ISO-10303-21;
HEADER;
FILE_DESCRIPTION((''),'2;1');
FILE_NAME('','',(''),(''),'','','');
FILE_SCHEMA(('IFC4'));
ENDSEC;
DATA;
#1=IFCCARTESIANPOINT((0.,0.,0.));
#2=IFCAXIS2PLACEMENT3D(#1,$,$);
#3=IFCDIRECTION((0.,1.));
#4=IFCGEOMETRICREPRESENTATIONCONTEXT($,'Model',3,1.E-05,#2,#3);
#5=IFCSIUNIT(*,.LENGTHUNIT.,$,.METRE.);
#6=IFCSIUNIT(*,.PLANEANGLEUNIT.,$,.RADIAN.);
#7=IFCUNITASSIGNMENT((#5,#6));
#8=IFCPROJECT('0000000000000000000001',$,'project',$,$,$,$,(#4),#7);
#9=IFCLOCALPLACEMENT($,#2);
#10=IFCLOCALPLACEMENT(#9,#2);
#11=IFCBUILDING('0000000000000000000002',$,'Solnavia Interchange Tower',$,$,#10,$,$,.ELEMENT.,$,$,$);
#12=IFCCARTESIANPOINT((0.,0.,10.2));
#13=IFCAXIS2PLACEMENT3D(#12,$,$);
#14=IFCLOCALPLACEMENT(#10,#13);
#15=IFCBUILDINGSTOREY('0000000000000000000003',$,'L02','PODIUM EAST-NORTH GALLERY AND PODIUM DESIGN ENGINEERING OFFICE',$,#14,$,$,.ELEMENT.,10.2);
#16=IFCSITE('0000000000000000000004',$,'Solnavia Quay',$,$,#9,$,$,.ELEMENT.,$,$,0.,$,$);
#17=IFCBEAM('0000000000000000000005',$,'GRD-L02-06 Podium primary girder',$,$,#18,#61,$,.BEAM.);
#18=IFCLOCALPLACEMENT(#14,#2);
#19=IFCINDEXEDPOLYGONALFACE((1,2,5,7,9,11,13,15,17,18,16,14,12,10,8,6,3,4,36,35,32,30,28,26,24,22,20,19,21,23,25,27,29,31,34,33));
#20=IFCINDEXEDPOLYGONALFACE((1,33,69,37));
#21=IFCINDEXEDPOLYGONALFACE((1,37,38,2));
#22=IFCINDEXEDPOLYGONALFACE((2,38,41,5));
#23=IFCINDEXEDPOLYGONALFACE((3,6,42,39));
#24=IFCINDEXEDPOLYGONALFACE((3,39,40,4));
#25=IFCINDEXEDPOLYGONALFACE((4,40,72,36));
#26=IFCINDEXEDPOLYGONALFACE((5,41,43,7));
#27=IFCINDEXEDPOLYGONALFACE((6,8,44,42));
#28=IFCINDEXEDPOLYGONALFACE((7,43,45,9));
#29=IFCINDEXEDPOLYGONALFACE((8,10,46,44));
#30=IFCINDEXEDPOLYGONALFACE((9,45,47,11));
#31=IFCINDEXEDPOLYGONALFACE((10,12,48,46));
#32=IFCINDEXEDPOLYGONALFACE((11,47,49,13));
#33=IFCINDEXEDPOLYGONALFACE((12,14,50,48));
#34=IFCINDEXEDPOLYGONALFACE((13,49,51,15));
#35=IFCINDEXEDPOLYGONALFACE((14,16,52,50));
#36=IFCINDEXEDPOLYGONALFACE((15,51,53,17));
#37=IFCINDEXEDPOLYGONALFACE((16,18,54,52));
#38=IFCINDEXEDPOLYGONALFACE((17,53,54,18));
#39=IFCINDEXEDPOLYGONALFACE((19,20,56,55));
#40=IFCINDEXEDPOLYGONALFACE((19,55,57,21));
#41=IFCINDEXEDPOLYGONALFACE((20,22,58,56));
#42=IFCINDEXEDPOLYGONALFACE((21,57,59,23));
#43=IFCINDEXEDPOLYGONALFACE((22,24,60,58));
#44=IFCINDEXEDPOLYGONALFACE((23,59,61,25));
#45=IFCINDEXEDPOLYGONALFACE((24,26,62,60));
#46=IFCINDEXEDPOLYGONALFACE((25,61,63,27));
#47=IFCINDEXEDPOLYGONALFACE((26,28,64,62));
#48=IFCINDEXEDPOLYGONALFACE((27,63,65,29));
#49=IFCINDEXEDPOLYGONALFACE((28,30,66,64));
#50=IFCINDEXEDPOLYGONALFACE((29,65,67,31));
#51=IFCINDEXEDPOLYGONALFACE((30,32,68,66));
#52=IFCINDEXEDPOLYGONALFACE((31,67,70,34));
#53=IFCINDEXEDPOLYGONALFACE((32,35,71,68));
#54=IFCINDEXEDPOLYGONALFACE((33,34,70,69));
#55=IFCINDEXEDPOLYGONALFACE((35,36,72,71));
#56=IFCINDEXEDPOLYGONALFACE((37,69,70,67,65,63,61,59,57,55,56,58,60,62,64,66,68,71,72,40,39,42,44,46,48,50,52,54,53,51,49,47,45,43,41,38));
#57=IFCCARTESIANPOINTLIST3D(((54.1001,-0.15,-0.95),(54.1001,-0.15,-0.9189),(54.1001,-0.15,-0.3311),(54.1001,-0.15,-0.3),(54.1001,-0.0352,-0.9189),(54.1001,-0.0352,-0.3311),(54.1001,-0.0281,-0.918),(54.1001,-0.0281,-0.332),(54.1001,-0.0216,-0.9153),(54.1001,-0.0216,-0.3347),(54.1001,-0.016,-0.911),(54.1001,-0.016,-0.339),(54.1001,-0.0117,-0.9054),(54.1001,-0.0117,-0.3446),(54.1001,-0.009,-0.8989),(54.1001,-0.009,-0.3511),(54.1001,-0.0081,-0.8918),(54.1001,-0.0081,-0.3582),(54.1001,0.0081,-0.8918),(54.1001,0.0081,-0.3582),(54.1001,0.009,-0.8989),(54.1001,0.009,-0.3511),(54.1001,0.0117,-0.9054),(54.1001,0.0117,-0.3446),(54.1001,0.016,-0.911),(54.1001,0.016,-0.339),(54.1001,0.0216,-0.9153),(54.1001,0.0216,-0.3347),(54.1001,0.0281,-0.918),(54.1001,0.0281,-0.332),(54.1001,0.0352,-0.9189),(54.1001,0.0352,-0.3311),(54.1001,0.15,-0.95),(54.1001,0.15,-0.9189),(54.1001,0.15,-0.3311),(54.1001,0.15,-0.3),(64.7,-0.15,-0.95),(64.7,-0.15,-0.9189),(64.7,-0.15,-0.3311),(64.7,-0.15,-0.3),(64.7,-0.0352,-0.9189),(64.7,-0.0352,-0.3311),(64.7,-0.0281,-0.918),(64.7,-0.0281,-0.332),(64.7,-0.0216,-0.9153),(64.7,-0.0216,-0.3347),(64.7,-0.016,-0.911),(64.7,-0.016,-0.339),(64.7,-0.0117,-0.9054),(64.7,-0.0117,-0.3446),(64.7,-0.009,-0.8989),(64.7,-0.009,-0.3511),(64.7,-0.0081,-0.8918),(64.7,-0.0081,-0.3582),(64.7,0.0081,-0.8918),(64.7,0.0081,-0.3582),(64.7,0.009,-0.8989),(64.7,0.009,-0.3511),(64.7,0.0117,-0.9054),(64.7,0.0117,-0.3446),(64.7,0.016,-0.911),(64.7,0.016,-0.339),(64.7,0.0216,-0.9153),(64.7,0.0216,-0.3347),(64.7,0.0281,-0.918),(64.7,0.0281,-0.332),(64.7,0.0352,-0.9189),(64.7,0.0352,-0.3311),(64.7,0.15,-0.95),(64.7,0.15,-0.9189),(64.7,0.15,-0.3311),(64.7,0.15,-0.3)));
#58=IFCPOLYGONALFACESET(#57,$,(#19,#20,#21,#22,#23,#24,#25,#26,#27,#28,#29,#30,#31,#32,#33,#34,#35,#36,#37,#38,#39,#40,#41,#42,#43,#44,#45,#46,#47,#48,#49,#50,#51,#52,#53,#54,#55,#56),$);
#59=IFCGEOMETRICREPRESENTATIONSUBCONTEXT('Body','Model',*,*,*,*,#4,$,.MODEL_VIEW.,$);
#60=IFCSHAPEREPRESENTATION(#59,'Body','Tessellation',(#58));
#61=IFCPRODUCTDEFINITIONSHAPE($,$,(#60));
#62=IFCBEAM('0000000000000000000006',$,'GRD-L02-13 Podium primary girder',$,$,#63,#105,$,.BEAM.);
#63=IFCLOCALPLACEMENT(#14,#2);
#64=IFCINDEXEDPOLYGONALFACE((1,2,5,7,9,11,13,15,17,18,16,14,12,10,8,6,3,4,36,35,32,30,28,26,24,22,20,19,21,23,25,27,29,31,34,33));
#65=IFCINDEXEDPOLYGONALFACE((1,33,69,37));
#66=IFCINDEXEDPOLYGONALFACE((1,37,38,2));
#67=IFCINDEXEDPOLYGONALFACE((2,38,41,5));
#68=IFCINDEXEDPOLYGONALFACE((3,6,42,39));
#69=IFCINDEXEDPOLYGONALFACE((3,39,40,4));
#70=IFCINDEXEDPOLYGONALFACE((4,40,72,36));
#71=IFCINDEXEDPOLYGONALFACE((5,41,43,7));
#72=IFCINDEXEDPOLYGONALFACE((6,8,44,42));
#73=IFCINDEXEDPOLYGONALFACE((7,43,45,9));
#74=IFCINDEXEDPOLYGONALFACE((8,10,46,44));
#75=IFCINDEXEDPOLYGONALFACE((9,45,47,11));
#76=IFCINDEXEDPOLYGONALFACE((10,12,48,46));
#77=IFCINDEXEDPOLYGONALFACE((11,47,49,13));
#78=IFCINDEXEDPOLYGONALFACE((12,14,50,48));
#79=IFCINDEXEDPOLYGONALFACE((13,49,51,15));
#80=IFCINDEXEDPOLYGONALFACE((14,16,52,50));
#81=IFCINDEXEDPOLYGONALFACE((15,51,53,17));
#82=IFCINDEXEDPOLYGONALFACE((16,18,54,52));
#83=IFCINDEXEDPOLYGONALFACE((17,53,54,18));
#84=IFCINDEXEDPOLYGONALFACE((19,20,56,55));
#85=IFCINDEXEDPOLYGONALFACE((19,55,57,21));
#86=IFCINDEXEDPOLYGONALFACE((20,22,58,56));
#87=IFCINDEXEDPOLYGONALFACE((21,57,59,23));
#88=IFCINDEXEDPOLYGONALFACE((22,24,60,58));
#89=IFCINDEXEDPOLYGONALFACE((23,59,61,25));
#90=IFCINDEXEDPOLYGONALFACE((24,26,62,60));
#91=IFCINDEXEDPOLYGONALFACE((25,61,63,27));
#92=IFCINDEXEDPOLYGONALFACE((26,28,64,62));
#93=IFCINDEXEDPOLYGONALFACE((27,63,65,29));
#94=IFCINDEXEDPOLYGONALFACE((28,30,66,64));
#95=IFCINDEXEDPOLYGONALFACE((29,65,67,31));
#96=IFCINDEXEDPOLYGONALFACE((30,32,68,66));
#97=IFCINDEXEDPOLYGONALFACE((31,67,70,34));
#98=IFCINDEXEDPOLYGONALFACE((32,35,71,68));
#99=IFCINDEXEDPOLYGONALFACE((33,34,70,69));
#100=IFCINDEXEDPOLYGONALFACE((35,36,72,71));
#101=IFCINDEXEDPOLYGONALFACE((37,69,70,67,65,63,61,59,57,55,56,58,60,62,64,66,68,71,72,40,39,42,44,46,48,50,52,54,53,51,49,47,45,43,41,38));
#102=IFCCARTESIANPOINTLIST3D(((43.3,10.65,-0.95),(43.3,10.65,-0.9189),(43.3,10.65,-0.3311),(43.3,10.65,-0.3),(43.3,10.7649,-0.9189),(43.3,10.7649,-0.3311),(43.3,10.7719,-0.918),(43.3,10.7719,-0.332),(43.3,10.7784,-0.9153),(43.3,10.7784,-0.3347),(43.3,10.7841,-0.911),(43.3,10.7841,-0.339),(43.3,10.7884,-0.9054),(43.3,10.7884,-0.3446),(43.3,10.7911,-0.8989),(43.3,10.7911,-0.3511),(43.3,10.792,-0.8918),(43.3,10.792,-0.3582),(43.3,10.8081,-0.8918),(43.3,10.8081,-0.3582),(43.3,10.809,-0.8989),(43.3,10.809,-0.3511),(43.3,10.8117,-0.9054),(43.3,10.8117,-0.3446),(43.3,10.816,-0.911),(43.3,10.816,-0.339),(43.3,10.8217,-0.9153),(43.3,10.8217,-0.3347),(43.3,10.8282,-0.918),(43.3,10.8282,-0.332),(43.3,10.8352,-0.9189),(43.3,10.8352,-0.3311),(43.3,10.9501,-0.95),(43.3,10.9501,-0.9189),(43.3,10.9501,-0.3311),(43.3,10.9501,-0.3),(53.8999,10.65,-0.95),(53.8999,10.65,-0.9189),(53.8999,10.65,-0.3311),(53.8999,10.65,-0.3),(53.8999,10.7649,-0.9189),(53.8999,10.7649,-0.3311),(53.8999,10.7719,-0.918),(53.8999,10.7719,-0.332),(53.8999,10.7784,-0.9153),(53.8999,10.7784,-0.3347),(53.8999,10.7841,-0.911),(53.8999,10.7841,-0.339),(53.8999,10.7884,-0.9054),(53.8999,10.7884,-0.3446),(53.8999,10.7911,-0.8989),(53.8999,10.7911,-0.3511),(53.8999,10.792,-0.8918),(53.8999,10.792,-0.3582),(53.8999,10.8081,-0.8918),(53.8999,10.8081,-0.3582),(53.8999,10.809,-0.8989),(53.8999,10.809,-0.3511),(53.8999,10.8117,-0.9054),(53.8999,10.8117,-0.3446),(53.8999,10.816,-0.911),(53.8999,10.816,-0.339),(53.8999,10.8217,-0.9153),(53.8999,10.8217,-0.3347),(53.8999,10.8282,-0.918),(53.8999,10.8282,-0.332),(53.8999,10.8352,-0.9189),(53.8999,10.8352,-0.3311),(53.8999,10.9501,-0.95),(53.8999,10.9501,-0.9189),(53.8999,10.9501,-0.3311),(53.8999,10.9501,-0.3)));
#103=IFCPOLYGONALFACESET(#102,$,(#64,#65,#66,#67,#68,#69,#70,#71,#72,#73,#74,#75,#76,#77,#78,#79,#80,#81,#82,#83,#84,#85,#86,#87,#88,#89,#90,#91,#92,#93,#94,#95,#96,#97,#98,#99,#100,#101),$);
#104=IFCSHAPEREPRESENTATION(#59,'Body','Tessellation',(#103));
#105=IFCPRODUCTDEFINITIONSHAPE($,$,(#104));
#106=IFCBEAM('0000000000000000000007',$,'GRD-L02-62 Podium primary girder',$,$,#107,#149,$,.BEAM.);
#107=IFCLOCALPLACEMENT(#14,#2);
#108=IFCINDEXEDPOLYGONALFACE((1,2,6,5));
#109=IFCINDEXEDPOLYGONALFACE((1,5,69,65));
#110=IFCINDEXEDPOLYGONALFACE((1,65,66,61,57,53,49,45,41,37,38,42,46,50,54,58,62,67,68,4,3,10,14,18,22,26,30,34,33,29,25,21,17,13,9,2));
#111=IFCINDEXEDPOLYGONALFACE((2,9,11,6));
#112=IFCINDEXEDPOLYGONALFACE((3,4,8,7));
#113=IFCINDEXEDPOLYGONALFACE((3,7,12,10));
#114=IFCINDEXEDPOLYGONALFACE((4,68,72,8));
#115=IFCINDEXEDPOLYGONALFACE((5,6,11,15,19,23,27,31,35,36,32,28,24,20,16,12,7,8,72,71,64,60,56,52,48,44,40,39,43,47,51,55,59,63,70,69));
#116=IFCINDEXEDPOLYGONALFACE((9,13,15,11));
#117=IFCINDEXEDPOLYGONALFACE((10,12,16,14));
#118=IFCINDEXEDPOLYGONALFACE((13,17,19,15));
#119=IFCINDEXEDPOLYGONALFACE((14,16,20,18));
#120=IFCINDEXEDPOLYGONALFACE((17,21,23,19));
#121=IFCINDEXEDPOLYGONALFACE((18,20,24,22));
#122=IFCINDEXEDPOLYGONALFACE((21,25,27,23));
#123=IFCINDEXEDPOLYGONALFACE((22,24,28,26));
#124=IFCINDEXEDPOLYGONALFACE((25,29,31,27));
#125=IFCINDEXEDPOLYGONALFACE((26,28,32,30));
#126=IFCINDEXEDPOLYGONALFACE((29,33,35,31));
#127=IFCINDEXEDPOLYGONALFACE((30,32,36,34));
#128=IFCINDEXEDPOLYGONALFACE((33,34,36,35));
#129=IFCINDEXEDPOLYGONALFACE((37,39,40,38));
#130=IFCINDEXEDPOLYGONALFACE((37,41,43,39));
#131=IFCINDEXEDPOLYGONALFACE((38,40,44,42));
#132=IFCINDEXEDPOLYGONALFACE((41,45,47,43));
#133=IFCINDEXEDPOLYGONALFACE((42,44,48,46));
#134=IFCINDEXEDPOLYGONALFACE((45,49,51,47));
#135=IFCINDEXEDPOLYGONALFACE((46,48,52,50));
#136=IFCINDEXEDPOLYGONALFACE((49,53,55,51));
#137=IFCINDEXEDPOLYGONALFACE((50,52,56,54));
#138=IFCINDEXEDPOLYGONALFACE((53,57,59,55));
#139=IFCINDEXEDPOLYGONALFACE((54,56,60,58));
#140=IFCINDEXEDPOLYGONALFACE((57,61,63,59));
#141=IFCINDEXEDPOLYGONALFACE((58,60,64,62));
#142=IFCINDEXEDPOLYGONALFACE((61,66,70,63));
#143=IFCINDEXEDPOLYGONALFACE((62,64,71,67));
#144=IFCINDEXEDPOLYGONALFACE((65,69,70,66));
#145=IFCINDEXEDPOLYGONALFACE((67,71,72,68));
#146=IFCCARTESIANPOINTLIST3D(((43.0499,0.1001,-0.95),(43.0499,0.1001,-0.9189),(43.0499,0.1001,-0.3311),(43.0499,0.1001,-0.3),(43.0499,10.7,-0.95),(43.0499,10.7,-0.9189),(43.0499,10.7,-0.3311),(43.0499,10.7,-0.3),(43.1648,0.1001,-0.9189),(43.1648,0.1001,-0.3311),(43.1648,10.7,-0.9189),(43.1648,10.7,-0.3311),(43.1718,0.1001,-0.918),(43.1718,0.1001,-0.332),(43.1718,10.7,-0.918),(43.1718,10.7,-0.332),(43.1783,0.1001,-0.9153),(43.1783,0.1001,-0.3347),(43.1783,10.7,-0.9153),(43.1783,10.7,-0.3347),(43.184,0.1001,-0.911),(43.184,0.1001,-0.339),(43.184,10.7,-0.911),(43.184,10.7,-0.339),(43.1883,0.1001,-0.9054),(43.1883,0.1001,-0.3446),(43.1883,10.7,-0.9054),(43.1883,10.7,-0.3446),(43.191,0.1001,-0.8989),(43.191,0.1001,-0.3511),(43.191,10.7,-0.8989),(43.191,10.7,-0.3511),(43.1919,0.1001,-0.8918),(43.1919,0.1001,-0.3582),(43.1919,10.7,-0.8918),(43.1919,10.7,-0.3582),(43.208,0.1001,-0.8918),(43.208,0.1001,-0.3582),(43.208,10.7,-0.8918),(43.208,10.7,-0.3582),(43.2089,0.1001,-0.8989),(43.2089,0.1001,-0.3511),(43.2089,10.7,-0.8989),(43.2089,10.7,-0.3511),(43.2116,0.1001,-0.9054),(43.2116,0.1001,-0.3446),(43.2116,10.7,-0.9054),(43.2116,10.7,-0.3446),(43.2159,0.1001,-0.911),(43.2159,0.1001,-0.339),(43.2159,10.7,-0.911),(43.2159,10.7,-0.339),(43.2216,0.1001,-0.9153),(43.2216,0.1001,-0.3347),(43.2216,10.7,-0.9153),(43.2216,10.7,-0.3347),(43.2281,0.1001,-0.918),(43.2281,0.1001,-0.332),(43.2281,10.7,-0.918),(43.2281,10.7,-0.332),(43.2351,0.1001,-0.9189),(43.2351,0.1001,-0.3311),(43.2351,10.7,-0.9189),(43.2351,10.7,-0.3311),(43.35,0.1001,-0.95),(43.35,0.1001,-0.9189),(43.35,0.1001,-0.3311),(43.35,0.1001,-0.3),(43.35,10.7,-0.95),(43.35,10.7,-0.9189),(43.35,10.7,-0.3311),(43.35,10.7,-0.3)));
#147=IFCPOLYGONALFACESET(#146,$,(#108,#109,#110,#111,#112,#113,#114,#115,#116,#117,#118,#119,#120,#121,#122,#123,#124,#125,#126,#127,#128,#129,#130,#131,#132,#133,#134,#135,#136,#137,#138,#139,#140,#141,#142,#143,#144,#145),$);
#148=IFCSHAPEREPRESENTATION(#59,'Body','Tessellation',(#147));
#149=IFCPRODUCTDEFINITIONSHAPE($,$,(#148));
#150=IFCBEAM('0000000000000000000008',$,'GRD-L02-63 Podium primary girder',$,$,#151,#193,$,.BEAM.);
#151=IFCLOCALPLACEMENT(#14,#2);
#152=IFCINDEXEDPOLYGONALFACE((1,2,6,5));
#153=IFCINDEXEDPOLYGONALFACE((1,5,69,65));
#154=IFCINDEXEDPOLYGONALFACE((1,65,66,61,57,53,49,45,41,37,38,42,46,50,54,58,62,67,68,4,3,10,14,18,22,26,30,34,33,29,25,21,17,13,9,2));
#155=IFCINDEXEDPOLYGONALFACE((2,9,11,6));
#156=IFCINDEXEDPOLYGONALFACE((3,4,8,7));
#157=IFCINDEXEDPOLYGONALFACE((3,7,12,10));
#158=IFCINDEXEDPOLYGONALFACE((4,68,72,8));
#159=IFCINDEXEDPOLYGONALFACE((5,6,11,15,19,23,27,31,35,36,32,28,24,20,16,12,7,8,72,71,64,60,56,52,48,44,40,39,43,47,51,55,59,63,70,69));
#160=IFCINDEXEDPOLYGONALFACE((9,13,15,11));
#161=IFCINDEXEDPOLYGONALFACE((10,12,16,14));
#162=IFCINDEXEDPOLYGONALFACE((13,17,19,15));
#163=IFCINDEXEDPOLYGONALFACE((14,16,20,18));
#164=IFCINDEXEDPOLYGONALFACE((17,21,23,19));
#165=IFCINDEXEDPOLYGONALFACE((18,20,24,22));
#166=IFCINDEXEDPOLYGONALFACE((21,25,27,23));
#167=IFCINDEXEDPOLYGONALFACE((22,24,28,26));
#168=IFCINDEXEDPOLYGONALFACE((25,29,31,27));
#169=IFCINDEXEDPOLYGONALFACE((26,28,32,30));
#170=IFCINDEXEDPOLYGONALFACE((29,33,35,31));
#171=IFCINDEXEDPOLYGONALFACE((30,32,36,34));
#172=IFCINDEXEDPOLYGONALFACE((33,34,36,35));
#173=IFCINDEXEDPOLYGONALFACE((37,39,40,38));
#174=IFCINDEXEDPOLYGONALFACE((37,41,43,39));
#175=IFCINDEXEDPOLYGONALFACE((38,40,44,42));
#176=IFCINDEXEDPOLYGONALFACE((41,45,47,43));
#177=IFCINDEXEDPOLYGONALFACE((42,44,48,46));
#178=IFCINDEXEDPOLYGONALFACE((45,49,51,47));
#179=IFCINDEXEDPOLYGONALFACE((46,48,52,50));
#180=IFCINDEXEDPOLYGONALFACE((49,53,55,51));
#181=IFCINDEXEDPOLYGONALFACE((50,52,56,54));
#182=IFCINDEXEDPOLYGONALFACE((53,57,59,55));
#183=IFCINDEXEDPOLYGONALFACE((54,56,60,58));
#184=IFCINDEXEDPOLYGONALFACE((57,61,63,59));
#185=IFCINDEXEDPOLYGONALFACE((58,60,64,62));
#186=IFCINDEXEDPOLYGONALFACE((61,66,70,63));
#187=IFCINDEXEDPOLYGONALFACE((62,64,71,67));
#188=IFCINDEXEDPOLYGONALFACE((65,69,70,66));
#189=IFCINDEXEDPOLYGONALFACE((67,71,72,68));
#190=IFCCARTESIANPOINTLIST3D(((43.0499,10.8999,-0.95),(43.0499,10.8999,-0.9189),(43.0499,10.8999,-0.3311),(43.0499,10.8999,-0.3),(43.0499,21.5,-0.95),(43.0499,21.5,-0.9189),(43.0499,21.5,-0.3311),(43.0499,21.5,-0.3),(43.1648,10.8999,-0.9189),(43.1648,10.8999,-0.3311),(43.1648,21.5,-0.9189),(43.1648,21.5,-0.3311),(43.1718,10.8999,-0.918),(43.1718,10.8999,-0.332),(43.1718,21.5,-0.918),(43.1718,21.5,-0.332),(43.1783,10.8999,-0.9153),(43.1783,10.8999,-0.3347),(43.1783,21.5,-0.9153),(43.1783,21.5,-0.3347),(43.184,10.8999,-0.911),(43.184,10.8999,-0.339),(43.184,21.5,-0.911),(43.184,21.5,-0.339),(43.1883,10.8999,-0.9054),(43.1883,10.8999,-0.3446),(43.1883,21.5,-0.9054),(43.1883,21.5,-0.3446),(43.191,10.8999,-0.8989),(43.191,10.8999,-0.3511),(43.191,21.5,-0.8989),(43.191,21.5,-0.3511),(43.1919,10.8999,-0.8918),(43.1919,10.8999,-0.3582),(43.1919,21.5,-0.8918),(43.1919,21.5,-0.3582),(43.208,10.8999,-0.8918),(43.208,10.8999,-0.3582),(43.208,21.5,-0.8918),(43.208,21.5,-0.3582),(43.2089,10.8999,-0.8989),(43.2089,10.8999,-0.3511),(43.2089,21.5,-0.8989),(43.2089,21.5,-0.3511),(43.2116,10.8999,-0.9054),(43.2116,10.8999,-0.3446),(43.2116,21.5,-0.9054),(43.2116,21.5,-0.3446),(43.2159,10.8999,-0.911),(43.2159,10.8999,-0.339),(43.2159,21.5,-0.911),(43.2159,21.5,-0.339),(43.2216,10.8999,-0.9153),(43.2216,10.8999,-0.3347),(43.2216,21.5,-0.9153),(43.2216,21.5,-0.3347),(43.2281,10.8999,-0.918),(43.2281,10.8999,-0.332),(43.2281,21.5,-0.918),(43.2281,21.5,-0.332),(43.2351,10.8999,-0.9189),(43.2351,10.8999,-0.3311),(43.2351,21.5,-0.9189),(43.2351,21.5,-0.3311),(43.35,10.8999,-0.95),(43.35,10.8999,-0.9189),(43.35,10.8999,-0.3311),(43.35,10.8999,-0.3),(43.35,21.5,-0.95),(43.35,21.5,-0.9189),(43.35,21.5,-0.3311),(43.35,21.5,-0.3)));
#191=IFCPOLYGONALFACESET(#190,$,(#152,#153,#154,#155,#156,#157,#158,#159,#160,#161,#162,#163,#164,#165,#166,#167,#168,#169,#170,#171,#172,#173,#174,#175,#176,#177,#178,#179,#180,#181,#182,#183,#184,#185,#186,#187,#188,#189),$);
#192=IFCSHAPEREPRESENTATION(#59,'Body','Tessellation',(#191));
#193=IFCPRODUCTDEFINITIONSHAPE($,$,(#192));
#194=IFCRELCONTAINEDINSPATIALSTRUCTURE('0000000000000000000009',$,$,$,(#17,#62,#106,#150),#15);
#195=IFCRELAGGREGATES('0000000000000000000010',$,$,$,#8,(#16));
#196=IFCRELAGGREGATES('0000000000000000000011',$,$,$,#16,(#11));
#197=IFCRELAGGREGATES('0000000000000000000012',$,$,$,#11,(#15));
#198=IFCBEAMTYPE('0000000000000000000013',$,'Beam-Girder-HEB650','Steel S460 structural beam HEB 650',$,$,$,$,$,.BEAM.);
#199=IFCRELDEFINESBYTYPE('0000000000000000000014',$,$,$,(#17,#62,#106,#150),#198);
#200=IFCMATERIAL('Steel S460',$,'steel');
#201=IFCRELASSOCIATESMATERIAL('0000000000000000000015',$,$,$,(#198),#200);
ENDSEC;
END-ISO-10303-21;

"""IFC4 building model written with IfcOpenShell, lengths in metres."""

from ifc_helpers import new_model, si_unit, direction, frame, origin, origin_2d, place, context, subcontext, project, spatial, i_section, extrude, material, material_profile, profile_set, type_object, element, save


model = new_model("IFC4")

# Units and contexts
model_context = context("Model", 3, precision=1e-05, world=origin(), true_north=direction((0.0, 1.0)))
body_context = subcontext(model_context, "Body", "Model", "MODEL_VIEW")
ifc_project = project(units=[si_unit("LENGTHUNIT", "METRE"), si_unit("PLANEANGLEUNIT", "RADIAN")], contexts=[model_context])

# Site, building, storey
site_placement = place(None, origin())
site = spatial("IfcSite", under=ifc_project, at=site_placement, Name="Solnavia Quay", CompositionType="ELEMENT", RefElevation=0.0)
building_placement = place(site_placement, origin())
building = spatial("IfcBuilding", under=site, at=building_placement, Name="Solnavia Interchange Tower", CompositionType="ELEMENT")
storey_placement = place(building_placement, frame((0.0, 0.0, 10.2)))
storey = spatial("IfcBuildingStorey", under=building, at=storey_placement, Name="L02", Description="PODIUM EAST-NORTH GALLERY AND PODIUM DESIGN ENGINEERING OFFICE", CompositionType="ELEMENT", Elevation=10.2)

# Beams
ifc_material_1 = material(Name="Steel S460", Category="steel")
ifc_material_profile_1 = material_profile(ifc_material_1, i_section(OverallWidth=0.3, OverallDepth=0.6499, WebThickness=0.0161, FlangeThickness=0.031, FilletRadius=0.0271, at=origin_2d()), Name="HEB 650")
ifc_profile_set_1 = profile_set([ifc_material_profile_1], Name="Steel S460")
beam_type_1 = type_object("IfcBeamType", Name="Beam-Girder-HEB650", Description="Steel S460 structural beam HEB 650", PredefinedType="BEAM", material=ifc_profile_set_1)
for number, where, z_axis, x_axis, name in (
    (1, (54.1001, 0.0, -0.625), (1.0, 0.0, 0.0), (0.0, 1.0, 0.0), "GRD-L02-06 Podium primary girder"),
    (2, (43.3, 10.8, -0.625), (1.0, 0.0, 0.0), (0.0, 1.0, 0.0), "GRD-L02-13 Podium primary girder"),
    (3, (43.2, 0.1001, -0.625), (0.0, 1.0, 0.0), (-1.0, 0.0, 0.0), "GRD-L02-62 Podium primary girder"),
):
    element("IfcBeam", number, at=place(storey_placement, frame(where, z_axis=z_axis, x_axis=x_axis)), inside=storey, type_object=beam_type_1, Name=name, PredefinedType="BEAM", context=body_context, shape_type="SweptSolid", body=[
        extrude(i_section(OverallWidth=0.3, OverallDepth=0.6499, WebThickness=0.0161, FlangeThickness=0.031, FilletRadius=0.0271, at=origin_2d()), origin(), (0.0, 0.0, 1.0), 10.5999),
    ])
beam_1_placement = place(storey_placement, frame((43.2, 10.8999, -0.625), z_axis=(0.0, 1.0, 0.0), x_axis=(-1.0, 0.0, 0.0)))
element("IfcBeam", 4, at=beam_1_placement, inside=storey, type_object=beam_type_1, Name="GRD-L02-63 Podium primary girder", PredefinedType="BEAM", context=body_context, shape_type="SweptSolid", body=[
    extrude(i_section(OverallWidth=0.3, OverallDepth=0.6499, WebThickness=0.0161, FlangeThickness=0.031, FilletRadius=0.0271, at=origin_2d()), origin(), (0.0, 0.0, 1.0), 10.6001),
])

save(model, "model.ifc")
